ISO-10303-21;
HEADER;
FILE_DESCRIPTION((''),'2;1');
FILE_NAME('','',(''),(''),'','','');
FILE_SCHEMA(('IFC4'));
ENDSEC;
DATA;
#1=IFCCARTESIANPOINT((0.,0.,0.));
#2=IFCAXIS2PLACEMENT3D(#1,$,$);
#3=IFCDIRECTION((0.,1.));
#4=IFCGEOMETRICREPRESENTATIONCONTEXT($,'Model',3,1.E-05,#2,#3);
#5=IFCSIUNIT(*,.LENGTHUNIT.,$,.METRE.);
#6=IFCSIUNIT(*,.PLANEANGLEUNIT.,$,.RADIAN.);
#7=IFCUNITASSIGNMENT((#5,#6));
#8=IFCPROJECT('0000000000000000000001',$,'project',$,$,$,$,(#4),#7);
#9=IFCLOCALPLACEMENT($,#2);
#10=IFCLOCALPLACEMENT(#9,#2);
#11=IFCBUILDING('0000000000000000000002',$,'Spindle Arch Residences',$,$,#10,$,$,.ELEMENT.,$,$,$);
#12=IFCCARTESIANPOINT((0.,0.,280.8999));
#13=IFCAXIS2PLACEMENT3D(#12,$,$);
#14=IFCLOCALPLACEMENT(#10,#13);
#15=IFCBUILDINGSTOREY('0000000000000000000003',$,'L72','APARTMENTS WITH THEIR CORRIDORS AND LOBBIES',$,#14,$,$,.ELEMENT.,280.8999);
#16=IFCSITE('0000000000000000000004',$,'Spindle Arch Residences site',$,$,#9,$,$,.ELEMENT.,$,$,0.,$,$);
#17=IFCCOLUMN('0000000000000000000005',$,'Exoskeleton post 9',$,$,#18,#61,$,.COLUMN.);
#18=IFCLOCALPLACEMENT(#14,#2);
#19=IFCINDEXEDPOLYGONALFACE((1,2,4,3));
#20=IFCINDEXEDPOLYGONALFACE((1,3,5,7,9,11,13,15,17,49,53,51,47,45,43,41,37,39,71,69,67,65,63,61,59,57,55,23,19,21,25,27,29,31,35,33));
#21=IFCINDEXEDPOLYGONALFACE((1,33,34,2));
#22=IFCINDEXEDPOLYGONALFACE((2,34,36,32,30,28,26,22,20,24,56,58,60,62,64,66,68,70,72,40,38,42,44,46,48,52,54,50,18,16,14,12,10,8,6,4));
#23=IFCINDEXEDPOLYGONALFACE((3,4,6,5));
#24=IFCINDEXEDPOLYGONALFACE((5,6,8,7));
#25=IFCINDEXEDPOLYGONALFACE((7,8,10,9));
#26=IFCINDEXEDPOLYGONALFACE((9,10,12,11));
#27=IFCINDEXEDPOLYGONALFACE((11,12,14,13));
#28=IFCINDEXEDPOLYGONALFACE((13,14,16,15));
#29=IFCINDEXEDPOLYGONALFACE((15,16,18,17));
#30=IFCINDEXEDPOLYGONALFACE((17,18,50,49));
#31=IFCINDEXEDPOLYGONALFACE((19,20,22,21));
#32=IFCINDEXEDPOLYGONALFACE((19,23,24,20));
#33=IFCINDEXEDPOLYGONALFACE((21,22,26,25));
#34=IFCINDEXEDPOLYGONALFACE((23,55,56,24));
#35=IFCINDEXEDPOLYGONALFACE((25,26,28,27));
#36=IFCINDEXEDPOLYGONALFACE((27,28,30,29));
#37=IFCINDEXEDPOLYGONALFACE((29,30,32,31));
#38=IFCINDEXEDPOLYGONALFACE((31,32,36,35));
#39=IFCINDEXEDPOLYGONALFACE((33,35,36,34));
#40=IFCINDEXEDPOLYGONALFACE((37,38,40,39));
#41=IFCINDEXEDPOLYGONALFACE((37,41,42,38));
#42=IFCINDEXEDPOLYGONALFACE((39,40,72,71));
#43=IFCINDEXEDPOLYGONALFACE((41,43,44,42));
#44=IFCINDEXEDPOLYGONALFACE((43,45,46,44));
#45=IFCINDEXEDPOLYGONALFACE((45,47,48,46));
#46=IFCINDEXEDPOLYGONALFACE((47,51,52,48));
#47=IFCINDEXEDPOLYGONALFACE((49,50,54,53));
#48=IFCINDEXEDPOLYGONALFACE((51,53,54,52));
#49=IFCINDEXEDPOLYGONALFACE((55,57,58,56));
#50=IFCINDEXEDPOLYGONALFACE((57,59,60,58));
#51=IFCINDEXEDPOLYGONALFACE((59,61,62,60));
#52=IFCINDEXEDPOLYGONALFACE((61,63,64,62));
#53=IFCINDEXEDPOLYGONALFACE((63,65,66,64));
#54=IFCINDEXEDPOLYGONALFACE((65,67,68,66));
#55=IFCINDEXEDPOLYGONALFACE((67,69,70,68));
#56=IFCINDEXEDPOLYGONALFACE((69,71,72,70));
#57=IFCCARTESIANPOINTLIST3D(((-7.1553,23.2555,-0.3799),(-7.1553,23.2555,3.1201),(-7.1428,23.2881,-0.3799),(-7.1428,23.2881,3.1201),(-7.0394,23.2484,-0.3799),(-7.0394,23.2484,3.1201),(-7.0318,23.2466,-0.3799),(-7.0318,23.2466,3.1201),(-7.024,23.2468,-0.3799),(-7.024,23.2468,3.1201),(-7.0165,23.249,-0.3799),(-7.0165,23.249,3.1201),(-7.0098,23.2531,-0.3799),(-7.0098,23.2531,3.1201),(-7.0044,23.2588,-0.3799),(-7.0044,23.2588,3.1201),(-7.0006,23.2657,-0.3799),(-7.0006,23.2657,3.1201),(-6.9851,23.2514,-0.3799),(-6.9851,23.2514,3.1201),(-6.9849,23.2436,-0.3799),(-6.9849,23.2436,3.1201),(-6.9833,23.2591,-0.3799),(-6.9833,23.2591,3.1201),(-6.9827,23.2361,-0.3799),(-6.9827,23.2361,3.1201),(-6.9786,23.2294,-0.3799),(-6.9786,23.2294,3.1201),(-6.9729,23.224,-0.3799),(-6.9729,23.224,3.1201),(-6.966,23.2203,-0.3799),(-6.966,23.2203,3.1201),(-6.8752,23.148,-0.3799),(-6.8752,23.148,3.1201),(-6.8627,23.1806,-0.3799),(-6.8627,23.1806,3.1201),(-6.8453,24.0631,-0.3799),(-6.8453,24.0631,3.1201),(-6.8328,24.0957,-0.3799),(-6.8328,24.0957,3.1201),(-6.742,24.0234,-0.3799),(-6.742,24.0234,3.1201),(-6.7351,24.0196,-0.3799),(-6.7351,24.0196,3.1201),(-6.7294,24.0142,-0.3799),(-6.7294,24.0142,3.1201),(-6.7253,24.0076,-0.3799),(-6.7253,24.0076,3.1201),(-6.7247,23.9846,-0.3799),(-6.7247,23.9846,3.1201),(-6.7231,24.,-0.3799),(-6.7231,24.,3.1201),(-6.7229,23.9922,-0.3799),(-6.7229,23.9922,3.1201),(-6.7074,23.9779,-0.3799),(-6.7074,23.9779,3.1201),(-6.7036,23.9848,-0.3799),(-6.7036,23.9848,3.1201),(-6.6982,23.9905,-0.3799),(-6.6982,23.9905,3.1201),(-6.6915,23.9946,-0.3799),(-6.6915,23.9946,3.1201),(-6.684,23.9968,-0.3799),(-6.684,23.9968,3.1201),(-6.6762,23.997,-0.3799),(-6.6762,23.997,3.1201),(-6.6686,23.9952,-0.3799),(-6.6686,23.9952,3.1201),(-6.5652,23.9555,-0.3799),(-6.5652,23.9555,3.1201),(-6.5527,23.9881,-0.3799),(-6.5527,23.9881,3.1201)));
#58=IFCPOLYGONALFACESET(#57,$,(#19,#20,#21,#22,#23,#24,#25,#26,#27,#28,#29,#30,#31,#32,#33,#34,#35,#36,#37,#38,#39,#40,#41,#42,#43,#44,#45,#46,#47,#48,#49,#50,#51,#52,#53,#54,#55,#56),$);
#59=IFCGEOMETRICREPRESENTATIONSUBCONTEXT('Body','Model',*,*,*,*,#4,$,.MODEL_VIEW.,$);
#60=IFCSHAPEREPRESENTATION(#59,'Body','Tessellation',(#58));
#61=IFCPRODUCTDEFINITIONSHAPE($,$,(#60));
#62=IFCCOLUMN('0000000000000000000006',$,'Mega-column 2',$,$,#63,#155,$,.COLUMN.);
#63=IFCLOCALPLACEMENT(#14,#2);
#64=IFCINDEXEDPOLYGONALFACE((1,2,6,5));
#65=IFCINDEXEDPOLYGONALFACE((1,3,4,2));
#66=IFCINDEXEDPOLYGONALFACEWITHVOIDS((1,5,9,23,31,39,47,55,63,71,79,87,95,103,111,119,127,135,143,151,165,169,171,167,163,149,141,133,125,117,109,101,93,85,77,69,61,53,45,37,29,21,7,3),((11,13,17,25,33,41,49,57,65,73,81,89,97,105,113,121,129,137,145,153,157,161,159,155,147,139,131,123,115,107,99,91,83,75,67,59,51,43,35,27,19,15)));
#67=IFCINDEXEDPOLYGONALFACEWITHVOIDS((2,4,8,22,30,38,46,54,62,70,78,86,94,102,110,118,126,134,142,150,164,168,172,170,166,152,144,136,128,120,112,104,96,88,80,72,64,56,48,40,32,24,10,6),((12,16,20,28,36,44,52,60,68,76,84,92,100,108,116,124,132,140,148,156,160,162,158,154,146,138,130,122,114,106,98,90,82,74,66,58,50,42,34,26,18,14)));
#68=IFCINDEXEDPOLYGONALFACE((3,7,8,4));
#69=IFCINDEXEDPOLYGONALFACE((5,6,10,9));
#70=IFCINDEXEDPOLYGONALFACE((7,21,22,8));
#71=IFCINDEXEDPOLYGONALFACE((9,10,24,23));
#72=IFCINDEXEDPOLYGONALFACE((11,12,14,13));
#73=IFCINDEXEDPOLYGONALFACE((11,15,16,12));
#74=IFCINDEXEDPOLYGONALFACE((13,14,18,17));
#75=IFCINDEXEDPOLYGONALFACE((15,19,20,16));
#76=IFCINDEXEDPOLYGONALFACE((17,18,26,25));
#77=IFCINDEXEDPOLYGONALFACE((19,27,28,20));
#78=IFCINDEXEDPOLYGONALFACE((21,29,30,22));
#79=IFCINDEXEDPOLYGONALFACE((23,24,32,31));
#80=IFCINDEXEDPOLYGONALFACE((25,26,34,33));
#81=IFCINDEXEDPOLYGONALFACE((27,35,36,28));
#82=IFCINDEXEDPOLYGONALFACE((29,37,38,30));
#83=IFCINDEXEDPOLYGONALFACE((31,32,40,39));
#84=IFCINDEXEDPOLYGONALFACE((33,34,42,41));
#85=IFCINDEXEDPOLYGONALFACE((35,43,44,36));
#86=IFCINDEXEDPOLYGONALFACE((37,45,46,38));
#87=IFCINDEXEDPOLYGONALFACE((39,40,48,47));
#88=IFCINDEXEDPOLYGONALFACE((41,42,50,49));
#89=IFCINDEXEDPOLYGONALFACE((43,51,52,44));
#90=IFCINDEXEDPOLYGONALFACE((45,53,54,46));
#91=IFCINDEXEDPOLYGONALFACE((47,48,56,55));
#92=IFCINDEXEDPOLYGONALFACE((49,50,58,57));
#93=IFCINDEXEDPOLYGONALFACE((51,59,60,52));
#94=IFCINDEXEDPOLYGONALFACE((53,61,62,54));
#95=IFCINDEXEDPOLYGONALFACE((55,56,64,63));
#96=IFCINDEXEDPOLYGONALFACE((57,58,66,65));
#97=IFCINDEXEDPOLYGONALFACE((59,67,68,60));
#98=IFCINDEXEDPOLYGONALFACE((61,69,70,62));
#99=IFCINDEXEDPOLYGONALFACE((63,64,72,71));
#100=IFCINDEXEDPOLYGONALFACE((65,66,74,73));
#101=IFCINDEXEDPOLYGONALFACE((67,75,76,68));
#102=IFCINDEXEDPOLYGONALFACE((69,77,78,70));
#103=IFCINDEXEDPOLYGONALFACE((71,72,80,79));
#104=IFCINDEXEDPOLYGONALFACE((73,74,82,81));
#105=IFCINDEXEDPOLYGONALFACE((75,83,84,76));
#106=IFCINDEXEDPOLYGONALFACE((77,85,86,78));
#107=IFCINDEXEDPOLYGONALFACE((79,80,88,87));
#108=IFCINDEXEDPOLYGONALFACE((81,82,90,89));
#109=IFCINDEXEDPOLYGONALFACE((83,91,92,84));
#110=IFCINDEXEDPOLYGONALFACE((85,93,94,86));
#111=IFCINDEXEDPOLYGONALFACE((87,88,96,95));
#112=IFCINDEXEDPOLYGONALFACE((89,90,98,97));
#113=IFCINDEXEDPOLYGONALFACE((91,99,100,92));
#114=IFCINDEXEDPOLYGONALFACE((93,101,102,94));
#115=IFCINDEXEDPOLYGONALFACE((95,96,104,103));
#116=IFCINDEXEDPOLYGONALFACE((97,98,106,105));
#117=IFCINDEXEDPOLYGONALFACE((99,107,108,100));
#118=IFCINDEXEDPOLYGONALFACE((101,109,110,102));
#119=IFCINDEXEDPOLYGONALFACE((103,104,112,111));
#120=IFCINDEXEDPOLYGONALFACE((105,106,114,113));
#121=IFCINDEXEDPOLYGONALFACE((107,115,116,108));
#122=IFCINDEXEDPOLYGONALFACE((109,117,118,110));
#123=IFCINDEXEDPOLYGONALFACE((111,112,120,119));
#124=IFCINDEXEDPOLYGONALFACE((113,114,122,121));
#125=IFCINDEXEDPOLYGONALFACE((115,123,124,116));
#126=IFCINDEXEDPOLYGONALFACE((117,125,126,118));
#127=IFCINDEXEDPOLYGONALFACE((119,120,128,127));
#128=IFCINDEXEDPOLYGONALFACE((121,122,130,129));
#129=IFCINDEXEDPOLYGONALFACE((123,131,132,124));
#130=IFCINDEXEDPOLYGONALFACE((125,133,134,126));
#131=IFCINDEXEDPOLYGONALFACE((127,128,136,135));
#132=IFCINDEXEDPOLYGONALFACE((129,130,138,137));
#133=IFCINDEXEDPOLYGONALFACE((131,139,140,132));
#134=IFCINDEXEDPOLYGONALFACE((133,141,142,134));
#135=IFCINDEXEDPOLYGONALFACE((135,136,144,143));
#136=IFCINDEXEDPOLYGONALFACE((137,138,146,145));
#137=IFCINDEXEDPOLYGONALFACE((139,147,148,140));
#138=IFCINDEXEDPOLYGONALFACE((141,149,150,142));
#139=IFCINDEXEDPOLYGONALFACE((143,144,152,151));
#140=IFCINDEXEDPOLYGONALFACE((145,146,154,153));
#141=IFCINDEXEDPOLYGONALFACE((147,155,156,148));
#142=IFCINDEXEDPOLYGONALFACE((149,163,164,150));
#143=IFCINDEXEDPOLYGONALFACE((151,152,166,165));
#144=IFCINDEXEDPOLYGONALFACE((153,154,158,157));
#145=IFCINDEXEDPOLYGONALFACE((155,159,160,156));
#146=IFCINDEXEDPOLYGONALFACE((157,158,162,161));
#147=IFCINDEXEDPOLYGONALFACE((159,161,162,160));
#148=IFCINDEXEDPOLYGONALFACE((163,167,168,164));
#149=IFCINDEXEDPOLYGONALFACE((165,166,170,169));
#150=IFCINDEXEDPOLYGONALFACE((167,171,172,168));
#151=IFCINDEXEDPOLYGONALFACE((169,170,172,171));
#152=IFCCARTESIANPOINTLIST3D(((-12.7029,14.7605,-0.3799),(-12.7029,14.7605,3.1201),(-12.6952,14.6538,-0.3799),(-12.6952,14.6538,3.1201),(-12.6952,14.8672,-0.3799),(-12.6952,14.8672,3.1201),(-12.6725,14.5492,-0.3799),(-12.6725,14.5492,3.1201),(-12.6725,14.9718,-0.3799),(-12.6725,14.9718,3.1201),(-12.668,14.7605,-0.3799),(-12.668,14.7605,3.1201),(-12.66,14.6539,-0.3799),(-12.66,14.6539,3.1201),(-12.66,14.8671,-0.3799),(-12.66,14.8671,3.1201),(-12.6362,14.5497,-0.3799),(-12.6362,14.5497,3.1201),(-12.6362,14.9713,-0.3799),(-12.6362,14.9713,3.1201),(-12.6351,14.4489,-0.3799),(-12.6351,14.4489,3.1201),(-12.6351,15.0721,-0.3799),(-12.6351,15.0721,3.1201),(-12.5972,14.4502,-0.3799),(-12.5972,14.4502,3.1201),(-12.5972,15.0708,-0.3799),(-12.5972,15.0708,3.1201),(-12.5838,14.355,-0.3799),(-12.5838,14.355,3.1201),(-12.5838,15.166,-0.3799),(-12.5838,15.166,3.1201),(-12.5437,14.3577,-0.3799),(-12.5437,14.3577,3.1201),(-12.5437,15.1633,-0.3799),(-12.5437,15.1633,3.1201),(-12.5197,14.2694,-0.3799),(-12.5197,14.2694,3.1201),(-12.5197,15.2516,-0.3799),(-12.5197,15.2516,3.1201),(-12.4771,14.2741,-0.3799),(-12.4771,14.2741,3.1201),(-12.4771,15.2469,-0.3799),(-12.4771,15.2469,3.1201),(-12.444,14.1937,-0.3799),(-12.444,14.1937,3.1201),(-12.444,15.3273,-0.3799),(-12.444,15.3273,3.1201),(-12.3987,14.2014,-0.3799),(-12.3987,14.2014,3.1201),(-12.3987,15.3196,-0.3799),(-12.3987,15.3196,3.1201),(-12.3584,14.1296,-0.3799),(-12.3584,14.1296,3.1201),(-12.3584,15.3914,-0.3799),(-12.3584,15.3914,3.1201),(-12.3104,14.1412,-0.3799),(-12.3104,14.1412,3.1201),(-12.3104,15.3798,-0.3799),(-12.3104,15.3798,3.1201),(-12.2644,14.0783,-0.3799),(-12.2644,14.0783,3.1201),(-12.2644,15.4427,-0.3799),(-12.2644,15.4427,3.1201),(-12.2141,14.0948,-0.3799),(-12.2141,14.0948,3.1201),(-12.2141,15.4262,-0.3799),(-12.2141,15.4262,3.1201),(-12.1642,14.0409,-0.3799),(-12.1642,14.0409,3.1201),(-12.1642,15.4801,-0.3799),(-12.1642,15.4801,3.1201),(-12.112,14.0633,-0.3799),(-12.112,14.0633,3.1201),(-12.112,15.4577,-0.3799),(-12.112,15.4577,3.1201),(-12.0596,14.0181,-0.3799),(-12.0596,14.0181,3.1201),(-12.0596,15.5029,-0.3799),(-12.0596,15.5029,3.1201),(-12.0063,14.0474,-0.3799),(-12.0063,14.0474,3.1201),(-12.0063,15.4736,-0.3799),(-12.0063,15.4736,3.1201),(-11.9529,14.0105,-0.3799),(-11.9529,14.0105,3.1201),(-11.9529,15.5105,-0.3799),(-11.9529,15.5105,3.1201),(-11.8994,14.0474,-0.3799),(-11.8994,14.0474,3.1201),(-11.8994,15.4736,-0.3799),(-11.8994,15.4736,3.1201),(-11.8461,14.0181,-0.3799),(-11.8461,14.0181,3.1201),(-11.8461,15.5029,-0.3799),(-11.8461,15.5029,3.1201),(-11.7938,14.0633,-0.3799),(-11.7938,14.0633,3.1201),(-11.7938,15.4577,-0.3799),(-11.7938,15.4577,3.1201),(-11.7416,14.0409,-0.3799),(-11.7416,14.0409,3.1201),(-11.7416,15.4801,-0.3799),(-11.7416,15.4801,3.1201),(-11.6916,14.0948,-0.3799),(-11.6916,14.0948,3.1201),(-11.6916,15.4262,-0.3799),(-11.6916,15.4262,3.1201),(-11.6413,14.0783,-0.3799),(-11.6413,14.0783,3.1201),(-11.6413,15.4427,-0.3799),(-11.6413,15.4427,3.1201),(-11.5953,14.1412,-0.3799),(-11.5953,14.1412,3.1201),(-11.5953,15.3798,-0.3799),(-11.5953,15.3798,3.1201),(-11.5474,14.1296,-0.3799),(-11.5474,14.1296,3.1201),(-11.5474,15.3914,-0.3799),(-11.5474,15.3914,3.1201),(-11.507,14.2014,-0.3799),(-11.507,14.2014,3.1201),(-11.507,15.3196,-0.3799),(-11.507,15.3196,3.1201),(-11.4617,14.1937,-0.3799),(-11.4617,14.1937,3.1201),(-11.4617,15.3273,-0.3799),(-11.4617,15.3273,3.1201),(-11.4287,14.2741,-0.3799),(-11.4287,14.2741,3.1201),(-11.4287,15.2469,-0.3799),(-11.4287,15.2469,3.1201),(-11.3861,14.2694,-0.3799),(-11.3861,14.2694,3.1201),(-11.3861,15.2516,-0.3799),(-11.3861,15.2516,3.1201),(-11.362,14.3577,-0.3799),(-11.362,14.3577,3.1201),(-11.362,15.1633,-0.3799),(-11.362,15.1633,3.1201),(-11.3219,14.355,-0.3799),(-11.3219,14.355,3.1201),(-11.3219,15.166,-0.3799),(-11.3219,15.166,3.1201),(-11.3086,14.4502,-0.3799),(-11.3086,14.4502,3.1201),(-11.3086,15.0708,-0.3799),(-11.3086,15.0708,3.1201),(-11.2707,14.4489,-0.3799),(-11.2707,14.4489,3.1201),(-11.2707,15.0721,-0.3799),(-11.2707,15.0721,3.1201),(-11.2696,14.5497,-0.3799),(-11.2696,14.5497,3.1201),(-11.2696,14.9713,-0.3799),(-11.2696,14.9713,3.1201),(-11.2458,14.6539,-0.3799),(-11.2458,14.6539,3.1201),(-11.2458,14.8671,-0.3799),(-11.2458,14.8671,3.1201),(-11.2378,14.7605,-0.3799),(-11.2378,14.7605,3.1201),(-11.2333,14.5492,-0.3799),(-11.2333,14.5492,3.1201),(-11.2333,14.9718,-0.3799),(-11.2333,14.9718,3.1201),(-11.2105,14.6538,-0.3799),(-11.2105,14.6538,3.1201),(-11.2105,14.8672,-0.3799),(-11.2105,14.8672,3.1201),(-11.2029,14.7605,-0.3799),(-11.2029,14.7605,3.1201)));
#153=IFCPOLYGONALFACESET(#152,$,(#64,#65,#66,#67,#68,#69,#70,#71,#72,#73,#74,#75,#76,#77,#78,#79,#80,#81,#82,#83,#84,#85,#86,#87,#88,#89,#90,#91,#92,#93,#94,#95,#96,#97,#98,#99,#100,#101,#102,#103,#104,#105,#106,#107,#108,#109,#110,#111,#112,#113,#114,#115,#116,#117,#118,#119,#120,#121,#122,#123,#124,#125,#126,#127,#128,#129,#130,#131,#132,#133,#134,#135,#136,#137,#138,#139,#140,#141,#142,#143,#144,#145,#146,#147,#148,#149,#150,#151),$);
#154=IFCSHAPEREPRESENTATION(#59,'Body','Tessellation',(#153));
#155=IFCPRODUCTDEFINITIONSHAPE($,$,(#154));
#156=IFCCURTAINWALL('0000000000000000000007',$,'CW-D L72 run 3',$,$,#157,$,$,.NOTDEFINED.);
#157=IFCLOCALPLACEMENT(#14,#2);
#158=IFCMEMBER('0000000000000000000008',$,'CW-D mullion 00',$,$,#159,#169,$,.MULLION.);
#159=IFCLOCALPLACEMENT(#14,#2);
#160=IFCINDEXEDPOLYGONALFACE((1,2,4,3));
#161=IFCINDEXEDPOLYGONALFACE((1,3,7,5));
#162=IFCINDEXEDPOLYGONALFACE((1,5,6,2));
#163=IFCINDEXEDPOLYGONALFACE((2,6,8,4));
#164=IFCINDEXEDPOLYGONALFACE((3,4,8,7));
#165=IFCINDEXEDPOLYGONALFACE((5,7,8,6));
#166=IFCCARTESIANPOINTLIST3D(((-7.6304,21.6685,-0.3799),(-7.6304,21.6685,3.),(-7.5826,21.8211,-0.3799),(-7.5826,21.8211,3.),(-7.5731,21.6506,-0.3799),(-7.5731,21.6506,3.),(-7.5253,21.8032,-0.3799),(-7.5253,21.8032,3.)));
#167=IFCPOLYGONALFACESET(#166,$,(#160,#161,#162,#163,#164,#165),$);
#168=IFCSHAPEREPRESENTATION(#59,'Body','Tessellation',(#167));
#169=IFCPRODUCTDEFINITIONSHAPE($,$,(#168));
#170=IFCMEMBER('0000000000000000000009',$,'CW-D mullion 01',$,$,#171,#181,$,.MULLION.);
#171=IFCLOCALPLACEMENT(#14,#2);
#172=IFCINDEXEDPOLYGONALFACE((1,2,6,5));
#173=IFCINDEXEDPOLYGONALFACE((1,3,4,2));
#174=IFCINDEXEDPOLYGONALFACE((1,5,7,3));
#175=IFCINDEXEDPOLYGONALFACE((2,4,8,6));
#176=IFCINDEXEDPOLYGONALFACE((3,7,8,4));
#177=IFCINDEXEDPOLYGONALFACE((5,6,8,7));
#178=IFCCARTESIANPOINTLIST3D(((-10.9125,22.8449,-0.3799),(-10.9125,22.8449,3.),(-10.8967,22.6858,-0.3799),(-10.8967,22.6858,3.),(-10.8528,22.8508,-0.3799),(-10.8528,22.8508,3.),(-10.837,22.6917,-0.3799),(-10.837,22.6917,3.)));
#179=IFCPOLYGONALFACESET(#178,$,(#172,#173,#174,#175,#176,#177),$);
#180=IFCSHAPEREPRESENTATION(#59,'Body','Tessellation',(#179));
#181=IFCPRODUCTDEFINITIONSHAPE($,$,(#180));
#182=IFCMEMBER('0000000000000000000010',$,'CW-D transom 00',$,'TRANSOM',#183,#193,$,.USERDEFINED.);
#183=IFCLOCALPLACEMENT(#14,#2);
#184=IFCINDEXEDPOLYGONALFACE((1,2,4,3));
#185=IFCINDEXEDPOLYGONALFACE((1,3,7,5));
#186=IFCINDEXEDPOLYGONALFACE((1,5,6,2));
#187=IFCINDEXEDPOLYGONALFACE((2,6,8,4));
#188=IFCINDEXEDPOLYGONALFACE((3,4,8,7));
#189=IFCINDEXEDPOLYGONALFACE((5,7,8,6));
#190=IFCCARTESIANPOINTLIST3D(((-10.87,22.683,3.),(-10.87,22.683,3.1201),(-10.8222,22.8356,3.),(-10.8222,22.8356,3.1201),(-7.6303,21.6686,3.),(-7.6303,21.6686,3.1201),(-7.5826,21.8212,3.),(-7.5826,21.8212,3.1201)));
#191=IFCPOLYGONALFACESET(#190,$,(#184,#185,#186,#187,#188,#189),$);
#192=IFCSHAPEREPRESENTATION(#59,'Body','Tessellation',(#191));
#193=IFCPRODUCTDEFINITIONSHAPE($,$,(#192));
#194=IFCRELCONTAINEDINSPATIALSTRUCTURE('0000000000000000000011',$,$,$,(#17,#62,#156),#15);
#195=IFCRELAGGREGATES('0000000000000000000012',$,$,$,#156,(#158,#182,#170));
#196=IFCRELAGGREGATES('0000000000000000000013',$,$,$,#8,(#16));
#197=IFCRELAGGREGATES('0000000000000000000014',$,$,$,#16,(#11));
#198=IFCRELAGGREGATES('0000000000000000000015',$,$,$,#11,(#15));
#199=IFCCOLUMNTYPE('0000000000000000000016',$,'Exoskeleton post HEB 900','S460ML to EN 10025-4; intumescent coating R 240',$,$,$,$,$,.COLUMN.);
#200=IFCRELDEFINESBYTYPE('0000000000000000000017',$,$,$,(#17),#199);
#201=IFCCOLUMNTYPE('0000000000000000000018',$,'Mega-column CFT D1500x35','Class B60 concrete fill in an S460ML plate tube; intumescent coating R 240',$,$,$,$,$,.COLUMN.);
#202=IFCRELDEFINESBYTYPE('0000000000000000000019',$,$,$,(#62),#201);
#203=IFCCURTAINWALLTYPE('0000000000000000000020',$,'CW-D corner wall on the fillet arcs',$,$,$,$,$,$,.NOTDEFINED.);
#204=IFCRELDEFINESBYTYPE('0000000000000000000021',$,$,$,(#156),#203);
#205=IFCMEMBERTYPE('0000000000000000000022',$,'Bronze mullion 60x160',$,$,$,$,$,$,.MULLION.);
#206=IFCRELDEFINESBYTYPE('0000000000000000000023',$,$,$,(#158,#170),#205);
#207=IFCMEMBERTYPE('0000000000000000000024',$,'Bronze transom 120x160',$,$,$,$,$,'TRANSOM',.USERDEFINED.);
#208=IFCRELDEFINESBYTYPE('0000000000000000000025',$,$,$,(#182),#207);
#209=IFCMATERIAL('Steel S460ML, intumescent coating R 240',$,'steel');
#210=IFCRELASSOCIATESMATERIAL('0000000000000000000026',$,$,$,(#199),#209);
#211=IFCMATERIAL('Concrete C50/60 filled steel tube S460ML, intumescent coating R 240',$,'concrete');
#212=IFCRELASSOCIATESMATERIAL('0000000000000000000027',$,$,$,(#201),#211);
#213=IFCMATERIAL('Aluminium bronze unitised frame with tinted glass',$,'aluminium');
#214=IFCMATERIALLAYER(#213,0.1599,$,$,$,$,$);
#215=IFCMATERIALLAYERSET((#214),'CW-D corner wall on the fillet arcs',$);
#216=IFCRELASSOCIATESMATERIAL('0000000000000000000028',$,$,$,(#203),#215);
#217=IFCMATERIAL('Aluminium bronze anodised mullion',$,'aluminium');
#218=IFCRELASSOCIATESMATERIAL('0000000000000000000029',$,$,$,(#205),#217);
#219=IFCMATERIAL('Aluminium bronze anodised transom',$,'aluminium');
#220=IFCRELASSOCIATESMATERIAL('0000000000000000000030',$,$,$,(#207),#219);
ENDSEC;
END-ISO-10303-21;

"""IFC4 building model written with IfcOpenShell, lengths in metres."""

from ifc_helpers import new_model, si_unit, direction, frame, origin, origin_2d, place, context, subcontext, project, spatial, rectangle, hollow_circle, i_section, extrude, material, layer, layer_set, material_profile, profile_set, type_object, element, aggregate, save


model = new_model("IFC4")

# Units and contexts
model_context = context("Model", 3, precision=1e-05, world=origin(), true_north=direction((0.0, 1.0)))
body_context = subcontext(model_context, "Body", "Model", "MODEL_VIEW")
ifc_project = project(units=[si_unit("LENGTHUNIT", "METRE"), si_unit("PLANEANGLEUNIT", "RADIAN")], contexts=[model_context])

# Site, building, storey
site_placement = place(None, origin())
site = spatial("IfcSite", under=ifc_project, at=site_placement, Name="Spindle Arch Residences site", CompositionType="ELEMENT", RefElevation=0.0)
building_placement = place(site_placement, origin())
building = spatial("IfcBuilding", under=site, at=building_placement, Name="Spindle Arch Residences", CompositionType="ELEMENT")
storey_placement = place(building_placement, frame((0.0, 0.0, 280.8999)))
storey = spatial("IfcBuildingStorey", under=building, at=storey_placement, Name="L72", Description="APARTMENTS WITH THEIR CORRIDORS AND LOBBIES", CompositionType="ELEMENT", Elevation=280.8999)

# Columns
ifc_material_1 = material(Name="Steel S460ML, intumescent coating R 240", Category="steel")
ifc_material_profile_1 = material_profile(ifc_material_1, i_section(OverallWidth=0.3, OverallDepth=0.8999, WebThickness=0.0186, FlangeThickness=0.0349, FilletRadius=0.03, at=origin_2d()), Name="HEB 900")
ifc_profile_set_1 = profile_set([ifc_material_profile_1], Name="Steel S460ML, intumescent coating R 240")
column_type_1 = type_object("IfcColumnType", Name="Exoskeleton post HEB 900", Description="S460ML to EN 10025-4; intumescent coating R 240", PredefinedType="COLUMN", material=ifc_profile_set_1)
column_1_placement = place(storey_placement, frame((-6.854, 23.6218, -0.3799), z_axis=(0.0, 0.0, 1.0), x_axis=(0.93358, -0.358368, 0.0)))
element("IfcColumn", 1, at=column_1_placement, inside=storey, type_object=column_type_1, Name="Exoskeleton post 9", PredefinedType="COLUMN", context=body_context, shape_type="SweptSolid", body=[
    extrude(i_section(OverallWidth=0.3, OverallDepth=0.8999, WebThickness=0.0186, FlangeThickness=0.0349, FilletRadius=0.03, at=origin_2d()), origin(), (0.0, 0.0, 1.0), 3.5),
])
ifc_material_2 = material(Name="Concrete C50/60 filled steel tube S460ML, intumescent coating R 240", Category="concrete")
ifc_material_profile_2 = material_profile(ifc_material_2, hollow_circle(Radius=0.75, WallThickness=0.0349, at=origin_2d()), Name="CFT D1500x35")
ifc_profile_set_2 = profile_set([ifc_material_profile_2], Name="Concrete C50/60 filled steel tube S460ML, intumescent coating R 240")
column_type_2 = type_object("IfcColumnType", Name="Mega-column CFT D1500x35", Description="Class B60 concrete fill in an S460ML plate tube; intumescent coating R 240", PredefinedType="COLUMN", material=ifc_profile_set_2)
column_2_placement = place(storey_placement, frame((-11.9529, 14.7605, -0.3799), z_axis=(0.0, 0.0, 1.0), x_axis=(1.0, 0.0, 0.0)))
element("IfcColumn", 2, at=column_2_placement, inside=storey, type_object=column_type_2, Name="Mega-column 2", PredefinedType="COLUMN", context=body_context, shape_type="SweptSolid", body=[
    extrude(hollow_circle(Radius=0.75, WallThickness=0.0349, at=origin_2d()), origin(), (0.0, 0.0, 1.0), 3.5),
])

# Curtain wall, members
ifc_material_3 = material(Name="Aluminium bronze unitised frame with tinted glass", Category="aluminium")
ifc_layer_1 = layer(ifc_material_3, 0.1599)
ifc_layer_set_1 = layer_set([ifc_layer_1], Name="CW-D corner wall on the fillet arcs")
curtain_wall_type_1 = type_object("IfcCurtainWallType", Name="CW-D corner wall on the fillet arcs", PredefinedType="NOTDEFINED", material=ifc_layer_set_1)
curtain_wall_1_placement = place(storey_placement, origin())
curtain_wall_1 = element("IfcCurtainWall", 3, at=curtain_wall_1_placement, inside=storey, type_object=curtain_wall_type_1, Name="CW-D L72 run 3", PredefinedType="NOTDEFINED")
ifc_material_4 = material(Name="Aluminium bronze anodised mullion", Category="aluminium")
ifc_material_profile_3 = material_profile(ifc_material_4, rectangle(XDim=0.1599, YDim=0.0601, at=origin_2d()), Name="MU 60x160")
ifc_profile_set_3 = profile_set([ifc_material_profile_3], Name="Aluminium bronze anodised mullion")
member_type_1 = type_object("IfcMemberType", Name="Bronze mullion 60x160", PredefinedType="MULLION", material=ifc_profile_set_3)
member_1_placement = place(storey_placement, frame((-7.5779, 21.7358, -0.3799), z_axis=(0.0, 0.0, 1.0), x_axis=(-0.298803, -0.954315, 0.0)))
member_1 = element("IfcMember", 4, at=member_1_placement, type_object=member_type_1, Name="CW-D mullion 00", PredefinedType="MULLION", context=body_context, shape_type="SweptSolid", body=[
    extrude(rectangle(XDim=0.1599, YDim=0.0601, at=origin_2d()), origin(), (0.0, 0.0, 1.0), 3.3799),
])
member_2_placement = place(storey_placement, frame((-10.8748, 22.7683, -0.3799), z_axis=(0.0, 0.0, 1.0), x_axis=(0.098741, -0.995113, 0.0)))
member_2 = element("IfcMember", 5, at=member_2_placement, type_object=member_type_1, Name="CW-D mullion 01", PredefinedType="MULLION", context=body_context, shape_type="SweptSolid", body=[
    extrude(rectangle(XDim=0.1599, YDim=0.0601, at=origin_2d()), origin(), (0.0, 0.0, 1.0), 3.3799),
])
ifc_material_5 = material(Name="Aluminium bronze anodised transom", Category="aluminium")
ifc_material_profile_4 = material_profile(ifc_material_5, rectangle(XDim=0.1599, YDim=0.1201, at=origin_2d()), Name="TR 120x160")
ifc_profile_set_4 = profile_set([ifc_material_profile_4], Name="Aluminium bronze anodised transom")
member_type_2 = type_object("IfcMemberType", Name="Bronze transom 120x160", ElementType="TRANSOM", PredefinedType="USERDEFINED", material=ifc_profile_set_4)
member_3_placement = place(storey_placement, frame((-7.6064, 21.7449, 3.0601), z_axis=(-0.954313, 0.298807, 0.0), x_axis=(-0.298807, -0.954313, 0.0)))
member_3 = element("IfcMember", 6, at=member_3_placement, type_object=member_type_2, Name="CW-D transom 00", ObjectType="TRANSOM", PredefinedType="USERDEFINED", context=body_context, shape_type="SweptSolid", body=[
    extrude(rectangle(XDim=0.1599, YDim=0.1201, at=origin_2d()), origin(), (0.0, 0.0, 1.0), 3.3948),
])

aggregate(curtain_wall_1, [member_1, member_3, member_2])

save(model, "model.ifc")
